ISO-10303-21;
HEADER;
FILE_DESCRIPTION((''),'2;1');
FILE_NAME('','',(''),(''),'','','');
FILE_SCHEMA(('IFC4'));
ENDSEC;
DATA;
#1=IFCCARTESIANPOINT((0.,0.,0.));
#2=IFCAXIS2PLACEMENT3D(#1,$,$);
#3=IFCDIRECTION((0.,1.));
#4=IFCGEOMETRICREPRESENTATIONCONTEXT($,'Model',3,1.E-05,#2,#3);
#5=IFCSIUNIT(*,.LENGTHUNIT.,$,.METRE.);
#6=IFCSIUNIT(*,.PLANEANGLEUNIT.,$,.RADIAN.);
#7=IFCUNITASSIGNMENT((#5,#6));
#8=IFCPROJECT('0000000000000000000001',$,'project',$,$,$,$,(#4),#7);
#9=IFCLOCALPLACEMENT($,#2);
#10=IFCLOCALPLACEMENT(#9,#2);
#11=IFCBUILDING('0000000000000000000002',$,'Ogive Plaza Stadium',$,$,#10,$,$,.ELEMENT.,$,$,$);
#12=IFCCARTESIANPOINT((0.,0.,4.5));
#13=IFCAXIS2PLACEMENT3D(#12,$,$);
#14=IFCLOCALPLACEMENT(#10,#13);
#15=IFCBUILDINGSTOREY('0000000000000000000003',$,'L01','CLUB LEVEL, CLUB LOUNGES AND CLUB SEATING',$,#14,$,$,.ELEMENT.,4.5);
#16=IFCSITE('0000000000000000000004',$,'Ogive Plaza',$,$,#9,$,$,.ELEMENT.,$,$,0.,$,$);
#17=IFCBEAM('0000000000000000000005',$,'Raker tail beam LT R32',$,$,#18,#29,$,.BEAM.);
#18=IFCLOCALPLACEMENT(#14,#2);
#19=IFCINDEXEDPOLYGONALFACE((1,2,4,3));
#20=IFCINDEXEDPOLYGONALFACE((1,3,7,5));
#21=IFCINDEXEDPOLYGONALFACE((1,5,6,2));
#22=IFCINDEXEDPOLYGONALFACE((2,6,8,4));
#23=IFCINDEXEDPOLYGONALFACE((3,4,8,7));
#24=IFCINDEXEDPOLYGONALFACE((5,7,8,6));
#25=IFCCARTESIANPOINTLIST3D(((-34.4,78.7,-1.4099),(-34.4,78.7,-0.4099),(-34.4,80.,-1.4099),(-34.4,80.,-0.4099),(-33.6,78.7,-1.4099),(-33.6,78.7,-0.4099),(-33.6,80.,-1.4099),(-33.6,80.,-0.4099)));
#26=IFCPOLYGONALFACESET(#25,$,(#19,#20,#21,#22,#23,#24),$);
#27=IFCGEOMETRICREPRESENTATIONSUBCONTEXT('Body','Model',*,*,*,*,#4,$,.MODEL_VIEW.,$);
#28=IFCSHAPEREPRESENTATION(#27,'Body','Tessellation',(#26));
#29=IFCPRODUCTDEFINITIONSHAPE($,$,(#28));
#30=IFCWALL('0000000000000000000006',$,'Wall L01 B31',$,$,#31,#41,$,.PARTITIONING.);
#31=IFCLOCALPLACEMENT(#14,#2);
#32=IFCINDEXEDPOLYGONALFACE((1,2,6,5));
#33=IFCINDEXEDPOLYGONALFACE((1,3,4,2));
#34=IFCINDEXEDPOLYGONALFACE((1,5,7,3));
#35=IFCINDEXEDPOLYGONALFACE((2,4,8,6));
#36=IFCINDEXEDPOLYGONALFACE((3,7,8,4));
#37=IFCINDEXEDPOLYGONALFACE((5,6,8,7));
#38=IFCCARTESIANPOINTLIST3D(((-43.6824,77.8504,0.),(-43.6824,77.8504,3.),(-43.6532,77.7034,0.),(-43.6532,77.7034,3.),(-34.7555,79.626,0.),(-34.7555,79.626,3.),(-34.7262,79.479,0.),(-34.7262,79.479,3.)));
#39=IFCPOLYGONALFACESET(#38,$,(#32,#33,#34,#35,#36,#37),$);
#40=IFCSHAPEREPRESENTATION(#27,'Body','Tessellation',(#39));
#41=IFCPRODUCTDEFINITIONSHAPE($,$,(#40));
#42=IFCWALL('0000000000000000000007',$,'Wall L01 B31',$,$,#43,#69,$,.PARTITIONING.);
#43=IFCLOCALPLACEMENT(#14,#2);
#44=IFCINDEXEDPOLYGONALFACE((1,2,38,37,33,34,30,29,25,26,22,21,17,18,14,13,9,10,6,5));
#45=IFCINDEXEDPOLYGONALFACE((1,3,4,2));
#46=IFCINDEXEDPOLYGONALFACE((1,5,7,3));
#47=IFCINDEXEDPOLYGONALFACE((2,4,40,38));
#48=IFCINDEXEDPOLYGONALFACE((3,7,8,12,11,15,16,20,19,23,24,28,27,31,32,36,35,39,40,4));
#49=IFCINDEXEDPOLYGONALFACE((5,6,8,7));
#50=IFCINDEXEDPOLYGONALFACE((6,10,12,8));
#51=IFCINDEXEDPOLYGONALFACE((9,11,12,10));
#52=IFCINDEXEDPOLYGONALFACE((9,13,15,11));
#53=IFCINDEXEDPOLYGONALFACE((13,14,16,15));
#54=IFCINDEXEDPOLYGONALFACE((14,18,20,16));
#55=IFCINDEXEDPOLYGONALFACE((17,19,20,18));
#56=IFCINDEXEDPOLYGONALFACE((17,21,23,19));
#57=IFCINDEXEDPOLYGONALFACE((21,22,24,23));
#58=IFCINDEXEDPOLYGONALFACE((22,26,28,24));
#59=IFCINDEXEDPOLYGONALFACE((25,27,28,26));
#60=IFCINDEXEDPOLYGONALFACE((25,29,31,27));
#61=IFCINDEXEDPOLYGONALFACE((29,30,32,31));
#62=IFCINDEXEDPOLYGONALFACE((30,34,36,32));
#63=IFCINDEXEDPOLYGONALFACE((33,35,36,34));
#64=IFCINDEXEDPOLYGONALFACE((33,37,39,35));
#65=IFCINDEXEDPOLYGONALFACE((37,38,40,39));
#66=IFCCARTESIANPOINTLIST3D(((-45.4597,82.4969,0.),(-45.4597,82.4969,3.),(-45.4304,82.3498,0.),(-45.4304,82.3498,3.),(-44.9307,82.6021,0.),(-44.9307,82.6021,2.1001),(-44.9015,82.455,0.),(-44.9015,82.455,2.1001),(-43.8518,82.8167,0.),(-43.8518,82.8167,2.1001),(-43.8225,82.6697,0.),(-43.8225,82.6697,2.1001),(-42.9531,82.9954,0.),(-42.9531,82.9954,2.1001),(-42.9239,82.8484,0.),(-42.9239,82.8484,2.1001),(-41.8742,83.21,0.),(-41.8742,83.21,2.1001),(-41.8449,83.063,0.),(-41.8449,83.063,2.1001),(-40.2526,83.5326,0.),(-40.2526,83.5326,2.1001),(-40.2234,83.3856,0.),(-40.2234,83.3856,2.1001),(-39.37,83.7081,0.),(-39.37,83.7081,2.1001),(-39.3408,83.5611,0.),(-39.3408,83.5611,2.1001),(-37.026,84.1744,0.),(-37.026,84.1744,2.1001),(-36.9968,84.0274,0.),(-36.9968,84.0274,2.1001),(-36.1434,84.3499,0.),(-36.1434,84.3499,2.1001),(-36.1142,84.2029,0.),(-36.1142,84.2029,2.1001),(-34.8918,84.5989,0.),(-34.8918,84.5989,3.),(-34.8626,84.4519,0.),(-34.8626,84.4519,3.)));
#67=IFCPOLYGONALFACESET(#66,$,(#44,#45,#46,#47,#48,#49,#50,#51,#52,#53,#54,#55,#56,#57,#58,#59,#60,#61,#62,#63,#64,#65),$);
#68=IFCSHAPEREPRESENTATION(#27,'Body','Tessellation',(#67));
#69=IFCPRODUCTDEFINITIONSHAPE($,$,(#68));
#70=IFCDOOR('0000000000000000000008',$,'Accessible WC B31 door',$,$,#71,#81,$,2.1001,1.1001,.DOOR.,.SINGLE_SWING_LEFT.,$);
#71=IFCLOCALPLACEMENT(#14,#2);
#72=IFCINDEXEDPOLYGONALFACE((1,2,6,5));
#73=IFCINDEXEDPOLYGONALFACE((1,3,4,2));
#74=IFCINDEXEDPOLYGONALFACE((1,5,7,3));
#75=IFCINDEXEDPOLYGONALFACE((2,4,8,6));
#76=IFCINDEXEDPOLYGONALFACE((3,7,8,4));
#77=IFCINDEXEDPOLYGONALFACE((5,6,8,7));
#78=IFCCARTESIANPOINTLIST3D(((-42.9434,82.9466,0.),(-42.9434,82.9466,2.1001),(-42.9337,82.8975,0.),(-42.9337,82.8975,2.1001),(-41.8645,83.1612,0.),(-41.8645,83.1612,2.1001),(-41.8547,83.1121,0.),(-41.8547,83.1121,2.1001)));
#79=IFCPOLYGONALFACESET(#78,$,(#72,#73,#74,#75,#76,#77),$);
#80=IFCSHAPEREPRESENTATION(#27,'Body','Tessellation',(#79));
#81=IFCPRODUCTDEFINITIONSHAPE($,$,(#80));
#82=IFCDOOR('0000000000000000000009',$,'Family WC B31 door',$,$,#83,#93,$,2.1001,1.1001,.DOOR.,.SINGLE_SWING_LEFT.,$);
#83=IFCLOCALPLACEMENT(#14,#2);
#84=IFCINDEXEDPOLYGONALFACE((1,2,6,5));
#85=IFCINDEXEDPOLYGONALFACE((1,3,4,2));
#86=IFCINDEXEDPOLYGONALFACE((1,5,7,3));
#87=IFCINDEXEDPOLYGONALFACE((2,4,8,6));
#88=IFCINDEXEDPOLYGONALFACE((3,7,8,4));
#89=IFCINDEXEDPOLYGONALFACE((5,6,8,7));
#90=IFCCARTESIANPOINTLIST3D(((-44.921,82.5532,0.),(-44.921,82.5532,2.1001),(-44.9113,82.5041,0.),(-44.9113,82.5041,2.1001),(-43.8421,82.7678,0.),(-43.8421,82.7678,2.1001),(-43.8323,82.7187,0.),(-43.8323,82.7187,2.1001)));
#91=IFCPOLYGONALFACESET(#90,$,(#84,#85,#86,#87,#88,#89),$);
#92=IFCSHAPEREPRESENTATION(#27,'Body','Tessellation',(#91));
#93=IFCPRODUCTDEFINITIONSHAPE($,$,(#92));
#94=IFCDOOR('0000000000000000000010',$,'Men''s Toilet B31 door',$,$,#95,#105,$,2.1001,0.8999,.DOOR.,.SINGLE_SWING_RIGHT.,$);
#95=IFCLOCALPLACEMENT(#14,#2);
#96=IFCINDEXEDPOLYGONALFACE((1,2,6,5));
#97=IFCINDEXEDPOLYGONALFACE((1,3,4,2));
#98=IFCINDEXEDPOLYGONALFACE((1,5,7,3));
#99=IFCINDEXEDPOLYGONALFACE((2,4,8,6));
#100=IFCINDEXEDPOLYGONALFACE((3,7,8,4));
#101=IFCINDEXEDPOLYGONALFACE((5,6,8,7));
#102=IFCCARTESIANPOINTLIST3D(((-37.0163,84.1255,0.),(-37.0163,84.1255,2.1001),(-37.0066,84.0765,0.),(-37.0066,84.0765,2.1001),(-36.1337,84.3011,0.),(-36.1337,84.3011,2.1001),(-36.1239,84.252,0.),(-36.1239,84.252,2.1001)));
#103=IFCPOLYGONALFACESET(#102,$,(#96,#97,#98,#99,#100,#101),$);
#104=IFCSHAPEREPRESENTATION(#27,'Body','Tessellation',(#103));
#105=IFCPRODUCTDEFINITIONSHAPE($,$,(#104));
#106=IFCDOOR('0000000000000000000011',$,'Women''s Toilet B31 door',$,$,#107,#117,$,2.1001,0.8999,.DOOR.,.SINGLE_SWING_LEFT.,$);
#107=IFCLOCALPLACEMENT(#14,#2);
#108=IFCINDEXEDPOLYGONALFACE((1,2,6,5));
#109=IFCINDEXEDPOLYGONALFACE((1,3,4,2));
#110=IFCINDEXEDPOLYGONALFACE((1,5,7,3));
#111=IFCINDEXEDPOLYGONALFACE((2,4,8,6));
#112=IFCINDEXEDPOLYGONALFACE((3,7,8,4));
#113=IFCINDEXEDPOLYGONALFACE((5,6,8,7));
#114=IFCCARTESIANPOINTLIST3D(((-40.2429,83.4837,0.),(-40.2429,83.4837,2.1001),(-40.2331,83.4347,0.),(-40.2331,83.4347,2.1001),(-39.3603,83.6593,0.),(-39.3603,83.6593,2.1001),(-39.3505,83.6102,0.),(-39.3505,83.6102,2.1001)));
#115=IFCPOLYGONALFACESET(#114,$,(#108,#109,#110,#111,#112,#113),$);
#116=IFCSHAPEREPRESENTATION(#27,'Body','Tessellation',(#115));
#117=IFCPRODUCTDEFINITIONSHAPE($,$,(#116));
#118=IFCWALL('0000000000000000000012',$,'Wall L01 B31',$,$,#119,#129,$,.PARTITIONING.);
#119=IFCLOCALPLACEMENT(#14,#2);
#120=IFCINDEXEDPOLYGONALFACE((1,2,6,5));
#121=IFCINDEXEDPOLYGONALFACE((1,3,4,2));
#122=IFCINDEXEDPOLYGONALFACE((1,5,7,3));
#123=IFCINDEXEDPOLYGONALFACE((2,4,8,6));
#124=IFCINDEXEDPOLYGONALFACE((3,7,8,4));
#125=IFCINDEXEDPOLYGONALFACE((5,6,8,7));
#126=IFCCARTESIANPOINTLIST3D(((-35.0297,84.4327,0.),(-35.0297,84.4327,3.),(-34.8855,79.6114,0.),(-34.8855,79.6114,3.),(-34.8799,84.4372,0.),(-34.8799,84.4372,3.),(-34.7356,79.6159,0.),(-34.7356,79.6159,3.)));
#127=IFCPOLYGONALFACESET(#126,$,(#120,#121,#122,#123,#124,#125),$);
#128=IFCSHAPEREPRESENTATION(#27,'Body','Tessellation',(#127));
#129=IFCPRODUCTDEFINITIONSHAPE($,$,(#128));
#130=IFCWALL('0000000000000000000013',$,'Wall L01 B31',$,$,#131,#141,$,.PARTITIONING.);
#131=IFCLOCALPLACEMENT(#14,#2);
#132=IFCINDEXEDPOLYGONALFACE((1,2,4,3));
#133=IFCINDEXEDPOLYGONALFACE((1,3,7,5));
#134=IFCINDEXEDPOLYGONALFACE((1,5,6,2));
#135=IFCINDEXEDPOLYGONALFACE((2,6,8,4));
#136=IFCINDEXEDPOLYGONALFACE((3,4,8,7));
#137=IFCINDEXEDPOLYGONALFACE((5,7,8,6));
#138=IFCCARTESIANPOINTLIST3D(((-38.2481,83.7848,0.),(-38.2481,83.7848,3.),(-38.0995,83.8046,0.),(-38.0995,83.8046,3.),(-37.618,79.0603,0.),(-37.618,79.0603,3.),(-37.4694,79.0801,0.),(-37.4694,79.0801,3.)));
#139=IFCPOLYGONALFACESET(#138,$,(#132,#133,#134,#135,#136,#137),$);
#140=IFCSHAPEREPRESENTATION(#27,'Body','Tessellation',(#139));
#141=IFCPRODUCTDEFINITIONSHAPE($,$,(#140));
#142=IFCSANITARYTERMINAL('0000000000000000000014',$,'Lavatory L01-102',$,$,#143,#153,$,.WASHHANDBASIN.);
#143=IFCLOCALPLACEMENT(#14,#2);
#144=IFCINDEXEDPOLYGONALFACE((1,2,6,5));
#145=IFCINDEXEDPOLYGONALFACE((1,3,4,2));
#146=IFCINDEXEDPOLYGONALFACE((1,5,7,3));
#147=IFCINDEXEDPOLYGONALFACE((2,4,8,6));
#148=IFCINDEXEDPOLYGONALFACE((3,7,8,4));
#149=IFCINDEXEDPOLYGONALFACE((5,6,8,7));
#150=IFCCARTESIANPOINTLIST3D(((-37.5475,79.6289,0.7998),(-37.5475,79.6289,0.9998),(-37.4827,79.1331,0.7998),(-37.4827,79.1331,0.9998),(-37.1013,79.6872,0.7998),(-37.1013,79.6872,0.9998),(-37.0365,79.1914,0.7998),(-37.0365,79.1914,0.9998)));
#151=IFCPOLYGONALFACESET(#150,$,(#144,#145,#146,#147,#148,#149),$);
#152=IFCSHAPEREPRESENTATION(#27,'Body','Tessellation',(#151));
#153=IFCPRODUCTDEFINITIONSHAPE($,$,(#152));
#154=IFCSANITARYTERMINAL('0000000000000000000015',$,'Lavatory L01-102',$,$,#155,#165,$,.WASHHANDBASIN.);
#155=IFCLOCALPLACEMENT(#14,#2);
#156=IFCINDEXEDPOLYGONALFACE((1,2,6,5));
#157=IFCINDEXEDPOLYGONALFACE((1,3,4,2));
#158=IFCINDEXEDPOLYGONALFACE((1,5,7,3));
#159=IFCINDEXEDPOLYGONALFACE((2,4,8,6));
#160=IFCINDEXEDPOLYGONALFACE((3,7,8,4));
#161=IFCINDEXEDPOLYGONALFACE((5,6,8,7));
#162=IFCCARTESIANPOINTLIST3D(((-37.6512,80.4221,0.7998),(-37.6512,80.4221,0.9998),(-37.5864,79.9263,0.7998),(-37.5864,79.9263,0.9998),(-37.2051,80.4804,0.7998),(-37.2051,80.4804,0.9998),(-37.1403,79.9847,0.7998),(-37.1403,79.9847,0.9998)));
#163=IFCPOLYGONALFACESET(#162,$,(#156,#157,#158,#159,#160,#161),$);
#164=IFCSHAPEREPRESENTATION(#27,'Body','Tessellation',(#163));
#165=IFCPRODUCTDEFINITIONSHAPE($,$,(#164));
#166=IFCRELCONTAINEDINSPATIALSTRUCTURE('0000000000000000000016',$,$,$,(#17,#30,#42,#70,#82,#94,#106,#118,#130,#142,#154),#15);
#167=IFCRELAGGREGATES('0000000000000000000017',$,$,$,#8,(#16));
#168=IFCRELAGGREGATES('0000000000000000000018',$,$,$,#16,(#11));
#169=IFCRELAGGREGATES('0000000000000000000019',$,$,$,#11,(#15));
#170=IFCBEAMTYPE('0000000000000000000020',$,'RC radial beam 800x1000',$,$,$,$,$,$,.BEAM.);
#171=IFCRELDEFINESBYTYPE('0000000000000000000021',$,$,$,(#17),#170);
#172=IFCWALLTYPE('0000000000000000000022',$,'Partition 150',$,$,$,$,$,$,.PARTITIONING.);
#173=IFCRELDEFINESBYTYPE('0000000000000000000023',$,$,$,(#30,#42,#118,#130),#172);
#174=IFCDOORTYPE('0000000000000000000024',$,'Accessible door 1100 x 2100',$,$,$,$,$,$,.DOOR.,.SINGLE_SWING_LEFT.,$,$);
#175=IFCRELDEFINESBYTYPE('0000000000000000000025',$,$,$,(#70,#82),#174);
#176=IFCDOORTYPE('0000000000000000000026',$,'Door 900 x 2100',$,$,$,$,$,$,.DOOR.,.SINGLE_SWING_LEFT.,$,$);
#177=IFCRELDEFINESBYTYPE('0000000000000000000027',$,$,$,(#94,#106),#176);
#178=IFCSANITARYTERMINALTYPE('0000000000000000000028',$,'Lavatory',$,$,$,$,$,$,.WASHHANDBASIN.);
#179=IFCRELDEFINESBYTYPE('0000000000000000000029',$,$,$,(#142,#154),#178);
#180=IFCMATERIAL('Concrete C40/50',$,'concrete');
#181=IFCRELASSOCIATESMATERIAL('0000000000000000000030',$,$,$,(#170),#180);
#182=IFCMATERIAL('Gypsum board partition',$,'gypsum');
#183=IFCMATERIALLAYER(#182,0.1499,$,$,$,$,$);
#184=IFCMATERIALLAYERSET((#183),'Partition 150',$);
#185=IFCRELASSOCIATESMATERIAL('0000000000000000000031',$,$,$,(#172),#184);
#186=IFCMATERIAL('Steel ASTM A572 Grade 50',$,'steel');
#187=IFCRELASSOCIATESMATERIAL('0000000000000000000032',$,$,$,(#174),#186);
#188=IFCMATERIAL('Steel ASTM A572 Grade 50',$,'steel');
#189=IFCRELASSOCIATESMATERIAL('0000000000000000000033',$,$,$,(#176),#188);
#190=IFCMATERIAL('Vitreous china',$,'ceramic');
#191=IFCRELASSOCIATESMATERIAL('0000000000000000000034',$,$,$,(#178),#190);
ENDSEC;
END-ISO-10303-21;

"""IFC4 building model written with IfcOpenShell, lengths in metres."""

from ifc_helpers import new_model, si_unit, direction, frame, frame_2d, origin, origin_2d, place, context, subcontext, project, spatial, rectangle, extrude, material, layer, layer_set, material_profile, profile_set, type_object, element, fill, save


model = new_model("IFC4")

# Units and contexts
model_context = context("Model", 3, precision=1e-05, world=origin(), true_north=direction((0.0, 1.0)))
body_context = subcontext(model_context, "Body", "Model", "MODEL_VIEW")
ifc_project = project(units=[si_unit("LENGTHUNIT", "METRE"), si_unit("PLANEANGLEUNIT", "RADIAN")], contexts=[model_context])

# Site, building, storey
site_placement = place(None, origin())
site = spatial("IfcSite", under=ifc_project, at=site_placement, Name="Ogive Plaza", CompositionType="ELEMENT", RefElevation=0.0)
building_placement = place(site_placement, origin())
building = spatial("IfcBuilding", under=site, at=building_placement, Name="Ogive Plaza Stadium", CompositionType="ELEMENT")
storey_placement = place(building_placement, frame((0.0, 0.0, 4.5)))
storey = spatial("IfcBuildingStorey", under=building, at=storey_placement, Name="L01", Description="CLUB LEVEL, CLUB LOUNGES AND CLUB SEATING", CompositionType="ELEMENT", Elevation=4.5)

# Beam
ifc_material_1 = material(Name="Concrete C40/50", Category="concrete")
ifc_material_profile = material_profile(ifc_material_1, rectangle(XDim=0.8, YDim=1.0, at=origin_2d()), Name="RC 800x1000")
ifc_profile_set = profile_set([ifc_material_profile], Name="Concrete C40/50")
beam_type = type_object("IfcBeamType", Name="RC radial beam 800x1000", PredefinedType="BEAM", material=ifc_profile_set)
beam_placement = place(storey_placement, frame((-34.0, 78.7, -0.9099), z_axis=(0.0, 1.0, 0.0), x_axis=(-1.0, 0.0, 0.0)))
element("IfcBeam", 1, at=beam_placement, inside=storey, type_object=beam_type, Name="Raker tail beam LT R32", PredefinedType="BEAM", context=body_context, shape_type="SweptSolid", body=[
    extrude(rectangle(XDim=0.8, YDim=1.0, at=origin_2d()), origin(), (0.0, 0.0, 1.0), 1.3),
])

# Wall
ifc_material_2 = material(Name="Gypsum board partition", Category="gypsum")
ifc_layer = layer(ifc_material_2, 0.1499)
ifc_layer_set = layer_set([ifc_layer], Name="Partition 150")
wall_type = type_object("IfcWallType", Name="Partition 150", PredefinedType="PARTITIONING", material=ifc_layer_set)
wall_1_placement = place(storey_placement, frame((-34.741, 79.5525, 0.0), z_axis=(0.0, 0.0, 1.0), x_axis=(-0.980786, -0.195084, 0.0)))
element("IfcWall", 2, at=wall_1_placement, inside=storey, type_object=wall_type, Name="Wall L01 B31", PredefinedType="PARTITIONING", context=body_context, shape_type="SweptSolid", body=[
    extrude(rectangle(XDim=9.1018, YDim=0.1499, at=frame_2d((4.5508, 0.0))), origin(), (0.0, 0.0, 1.0), 3.0),
])

# Wall, openings, doors
wall_2_placement = place(storey_placement, frame((-34.8772, 84.5254, 0.0), z_axis=(0.0, 0.0, 1.0), x_axis=(-0.980786, -0.195088, 0.0)))
wall_2 = element("IfcWall", 3, at=wall_2_placement, inside=storey, type_object=wall_type, Name="Wall L01 B31", PredefinedType="PARTITIONING", context=body_context, shape_type="SweptSolid", body=[
    extrude(rectangle(XDim=10.7749, YDim=0.1499, at=frame_2d((5.3875, 0.0))), origin(), (0.0, 0.0, 1.0), 3.0),
])
opening_1_placement = place(wall_2_placement, frame((1.2761, 0.0, 0.0)))
opening_1 = element("IfcOpeningElement", 4, at=opening_1_placement, cuts=wall_2, PredefinedType="OPENING", context=body_context, shape_type="SweptSolid", body=[
    extrude(rectangle(XDim=0.8999, YDim=2.1001, at=frame_2d((0.45, 1.05))), frame((0.0, 0.075, 0.0), z_axis=(0.0, -1.0, 0.0), x_axis=(1.0, 0.0, 0.0)), (0.0, 0.0, 1.0), 0.1499),
])
opening_2_placement = place(wall_2_placement, frame((4.5659, 0.0, 0.0)))
opening_2 = element("IfcOpeningElement", 5, at=opening_2_placement, cuts=wall_2, PredefinedType="OPENING", context=body_context, shape_type="SweptSolid", body=[
    extrude(rectangle(XDim=0.8999, YDim=2.1001, at=frame_2d((0.45, 1.05))), frame((0.0, 0.075, 0.0), z_axis=(0.0, -1.0, 0.0), x_axis=(1.0, 0.0, 0.0)), (0.0, 0.0, 1.0), 0.1499),
])
opening_3_placement = place(wall_2_placement, frame((7.1191, 0.0, 0.0)))
opening_3 = element("IfcOpeningElement", 6, at=opening_3_placement, cuts=wall_2, PredefinedType="OPENING", context=body_context, shape_type="SweptSolid", body=[
    extrude(rectangle(XDim=1.1001, YDim=2.1001, at=frame_2d((0.55, 1.05))), frame((0.0, 0.075, 0.0), z_axis=(0.0, -1.0, 0.0), x_axis=(1.0, 0.0, 0.0)), (0.0, 0.0, 1.0), 0.1499),
])
opening_4_placement = place(wall_2_placement, frame((9.1355, 0.0, 0.0)))
opening_4 = element("IfcOpeningElement", 7, at=opening_4_placement, cuts=wall_2, PredefinedType="OPENING", context=body_context, shape_type="SweptSolid", body=[
    extrude(rectangle(XDim=1.1001, YDim=2.1001, at=frame_2d((0.55, 1.05))), frame((0.0, 0.075, 0.0), z_axis=(0.0, -1.0, 0.0), x_axis=(1.0, 0.0, 0.0)), (0.0, 0.0, 1.0), 0.1499),
])
ifc_material_3 = material(Name="Steel ASTM A572 Grade 50", Category="steel")
door_type_1 = type_object("IfcDoorType", Name="Accessible door 1100 x 2100", OperationType="SINGLE_SWING_LEFT", PredefinedType="DOOR", material=ifc_material_3)
door_1_placement = place(opening_3_placement, origin())
door_1 = element("IfcDoor", 8, at=door_1_placement, inside=storey, type_object=door_type_1, Name="Accessible WC B31 door", OperationType="SINGLE_SWING_LEFT", OverallHeight=2.1001, OverallWidth=1.1001, PredefinedType="DOOR", context=body_context, shape_type="SweptSolid", body=[
    extrude(rectangle(XDim=1.1001, YDim=2.1001, at=frame_2d((0.55, 1.05))), frame((0.0, 0.0249, 0.0), z_axis=(0.0, -1.0, 0.0), x_axis=(1.0, 0.0, 0.0)), (0.0, 0.0, 1.0), 0.05),
])
fill(opening_3, door_1)
door_2_placement = place(opening_4_placement, origin())
door_2 = element("IfcDoor", 9, at=door_2_placement, inside=storey, type_object=door_type_1, Name="Family WC B31 door", OperationType="SINGLE_SWING_LEFT", OverallHeight=2.1001, OverallWidth=1.1001, PredefinedType="DOOR", context=body_context, shape_type="SweptSolid", body=[
    extrude(rectangle(XDim=1.1001, YDim=2.1001, at=frame_2d((0.55, 1.05))), frame((0.0, 0.0249, 0.0), z_axis=(0.0, -1.0, 0.0), x_axis=(1.0, 0.0, 0.0)), (0.0, 0.0, 1.0), 0.05),
])
fill(opening_4, door_2)
ifc_material_4 = material(Name="Steel ASTM A572 Grade 50", Category="steel")
door_type_2 = type_object("IfcDoorType", Name="Door 900 x 2100", OperationType="SINGLE_SWING_LEFT", PredefinedType="DOOR", material=ifc_material_4)
door_3_placement = place(opening_1_placement, origin())
door_3 = element("IfcDoor", 10, at=door_3_placement, inside=storey, type_object=door_type_2, Name="Men's Toilet B31 door", OperationType="SINGLE_SWING_RIGHT", OverallHeight=2.1001, OverallWidth=0.8999, PredefinedType="DOOR", context=body_context, shape_type="SweptSolid", body=[
    extrude(rectangle(XDim=0.8999, YDim=2.1001, at=frame_2d((0.45, 1.05))), frame((0.0, 0.0249, 0.0), z_axis=(0.0, -1.0, 0.0), x_axis=(1.0, 0.0, 0.0)), (0.0, 0.0, 1.0), 0.05),
])
fill(opening_1, door_3)
door_4_placement = place(opening_2_placement, origin())
door_4 = element("IfcDoor", 11, at=door_4_placement, inside=storey, type_object=door_type_2, Name="Women's Toilet B31 door", OperationType="SINGLE_SWING_LEFT", OverallHeight=2.1001, OverallWidth=0.8999, PredefinedType="DOOR", context=body_context, shape_type="SweptSolid", body=[
    extrude(rectangle(XDim=0.8999, YDim=2.1001, at=frame_2d((0.45, 1.05))), frame((0.0, 0.0249, 0.0), z_axis=(0.0, -1.0, 0.0), x_axis=(1.0, 0.0, 0.0)), (0.0, 0.0, 1.0), 0.05),
])
fill(opening_2, door_4)

# Walls
wall_3_placement = place(storey_placement, frame((-34.8105, 79.6138, 0.0), z_axis=(0.0, 0.0, 1.0), x_axis=(-0.029914, 0.999552, 0.0)))
element("IfcWall", 12, at=wall_3_placement, inside=storey, type_object=wall_type, Name="Wall L01 B31", PredefinedType="PARTITIONING", context=body_context, shape_type="SweptSolid", body=[
    extrude(rectangle(XDim=4.8235, YDim=0.1499, at=frame_2d((2.4116, 0.0))), origin(), (0.0, 0.0, 1.0), 3.0),
])
wall_4_placement = place(storey_placement, frame((-37.5437, 79.0701, 0.0), z_axis=(0.0, 0.0, 1.0), x_axis=(-0.132201, 0.991223, 0.0)))
element("IfcWall", 13, at=wall_4_placement, inside=storey, type_object=wall_type, Name="Wall L01 B31", PredefinedType="PARTITIONING", context=body_context, shape_type="SweptSolid", body=[
    extrude(rectangle(XDim=4.7664, YDim=0.1499, at=frame_2d((2.3833, 0.0))), origin(), (0.0, 0.0, 1.0), 3.0),
])

# Sanitary terminals
ifc_material_5 = material(Name="Vitreous china", Category="ceramic")
sanitary_terminal_type_1 = type_object("IfcSanitaryTerminalType", Name="Lavatory", PredefinedType="WASHHANDBASIN", material=ifc_material_5)
for number, where, z_axis, x_axis, name in (
    (14, (-37.292, 79.4102, 0.7998), (0.0, 0.0, 1.0), (-0.129661, 0.991558, 0.0), "Lavatory L01-102"),
    (15, (-37.3958, 80.2034, 0.7998), (0.0, 0.0, 1.0), (-0.129661, 0.991558, 0.0), "Lavatory L01-102"),
):
    element("IfcSanitaryTerminal", number, at=place(storey_placement, frame(where, z_axis=z_axis, x_axis=x_axis)), inside=storey, type_object=sanitary_terminal_type_1, Name=name, PredefinedType="WASHHANDBASIN", context=body_context, shape_type="SweptSolid", body=[
        extrude(rectangle(XDim=0.5, YDim=0.45, at=origin_2d()), origin(), (0.0, 0.0, 1.0), 0.2),
    ])

save(model, "model.ifc")
